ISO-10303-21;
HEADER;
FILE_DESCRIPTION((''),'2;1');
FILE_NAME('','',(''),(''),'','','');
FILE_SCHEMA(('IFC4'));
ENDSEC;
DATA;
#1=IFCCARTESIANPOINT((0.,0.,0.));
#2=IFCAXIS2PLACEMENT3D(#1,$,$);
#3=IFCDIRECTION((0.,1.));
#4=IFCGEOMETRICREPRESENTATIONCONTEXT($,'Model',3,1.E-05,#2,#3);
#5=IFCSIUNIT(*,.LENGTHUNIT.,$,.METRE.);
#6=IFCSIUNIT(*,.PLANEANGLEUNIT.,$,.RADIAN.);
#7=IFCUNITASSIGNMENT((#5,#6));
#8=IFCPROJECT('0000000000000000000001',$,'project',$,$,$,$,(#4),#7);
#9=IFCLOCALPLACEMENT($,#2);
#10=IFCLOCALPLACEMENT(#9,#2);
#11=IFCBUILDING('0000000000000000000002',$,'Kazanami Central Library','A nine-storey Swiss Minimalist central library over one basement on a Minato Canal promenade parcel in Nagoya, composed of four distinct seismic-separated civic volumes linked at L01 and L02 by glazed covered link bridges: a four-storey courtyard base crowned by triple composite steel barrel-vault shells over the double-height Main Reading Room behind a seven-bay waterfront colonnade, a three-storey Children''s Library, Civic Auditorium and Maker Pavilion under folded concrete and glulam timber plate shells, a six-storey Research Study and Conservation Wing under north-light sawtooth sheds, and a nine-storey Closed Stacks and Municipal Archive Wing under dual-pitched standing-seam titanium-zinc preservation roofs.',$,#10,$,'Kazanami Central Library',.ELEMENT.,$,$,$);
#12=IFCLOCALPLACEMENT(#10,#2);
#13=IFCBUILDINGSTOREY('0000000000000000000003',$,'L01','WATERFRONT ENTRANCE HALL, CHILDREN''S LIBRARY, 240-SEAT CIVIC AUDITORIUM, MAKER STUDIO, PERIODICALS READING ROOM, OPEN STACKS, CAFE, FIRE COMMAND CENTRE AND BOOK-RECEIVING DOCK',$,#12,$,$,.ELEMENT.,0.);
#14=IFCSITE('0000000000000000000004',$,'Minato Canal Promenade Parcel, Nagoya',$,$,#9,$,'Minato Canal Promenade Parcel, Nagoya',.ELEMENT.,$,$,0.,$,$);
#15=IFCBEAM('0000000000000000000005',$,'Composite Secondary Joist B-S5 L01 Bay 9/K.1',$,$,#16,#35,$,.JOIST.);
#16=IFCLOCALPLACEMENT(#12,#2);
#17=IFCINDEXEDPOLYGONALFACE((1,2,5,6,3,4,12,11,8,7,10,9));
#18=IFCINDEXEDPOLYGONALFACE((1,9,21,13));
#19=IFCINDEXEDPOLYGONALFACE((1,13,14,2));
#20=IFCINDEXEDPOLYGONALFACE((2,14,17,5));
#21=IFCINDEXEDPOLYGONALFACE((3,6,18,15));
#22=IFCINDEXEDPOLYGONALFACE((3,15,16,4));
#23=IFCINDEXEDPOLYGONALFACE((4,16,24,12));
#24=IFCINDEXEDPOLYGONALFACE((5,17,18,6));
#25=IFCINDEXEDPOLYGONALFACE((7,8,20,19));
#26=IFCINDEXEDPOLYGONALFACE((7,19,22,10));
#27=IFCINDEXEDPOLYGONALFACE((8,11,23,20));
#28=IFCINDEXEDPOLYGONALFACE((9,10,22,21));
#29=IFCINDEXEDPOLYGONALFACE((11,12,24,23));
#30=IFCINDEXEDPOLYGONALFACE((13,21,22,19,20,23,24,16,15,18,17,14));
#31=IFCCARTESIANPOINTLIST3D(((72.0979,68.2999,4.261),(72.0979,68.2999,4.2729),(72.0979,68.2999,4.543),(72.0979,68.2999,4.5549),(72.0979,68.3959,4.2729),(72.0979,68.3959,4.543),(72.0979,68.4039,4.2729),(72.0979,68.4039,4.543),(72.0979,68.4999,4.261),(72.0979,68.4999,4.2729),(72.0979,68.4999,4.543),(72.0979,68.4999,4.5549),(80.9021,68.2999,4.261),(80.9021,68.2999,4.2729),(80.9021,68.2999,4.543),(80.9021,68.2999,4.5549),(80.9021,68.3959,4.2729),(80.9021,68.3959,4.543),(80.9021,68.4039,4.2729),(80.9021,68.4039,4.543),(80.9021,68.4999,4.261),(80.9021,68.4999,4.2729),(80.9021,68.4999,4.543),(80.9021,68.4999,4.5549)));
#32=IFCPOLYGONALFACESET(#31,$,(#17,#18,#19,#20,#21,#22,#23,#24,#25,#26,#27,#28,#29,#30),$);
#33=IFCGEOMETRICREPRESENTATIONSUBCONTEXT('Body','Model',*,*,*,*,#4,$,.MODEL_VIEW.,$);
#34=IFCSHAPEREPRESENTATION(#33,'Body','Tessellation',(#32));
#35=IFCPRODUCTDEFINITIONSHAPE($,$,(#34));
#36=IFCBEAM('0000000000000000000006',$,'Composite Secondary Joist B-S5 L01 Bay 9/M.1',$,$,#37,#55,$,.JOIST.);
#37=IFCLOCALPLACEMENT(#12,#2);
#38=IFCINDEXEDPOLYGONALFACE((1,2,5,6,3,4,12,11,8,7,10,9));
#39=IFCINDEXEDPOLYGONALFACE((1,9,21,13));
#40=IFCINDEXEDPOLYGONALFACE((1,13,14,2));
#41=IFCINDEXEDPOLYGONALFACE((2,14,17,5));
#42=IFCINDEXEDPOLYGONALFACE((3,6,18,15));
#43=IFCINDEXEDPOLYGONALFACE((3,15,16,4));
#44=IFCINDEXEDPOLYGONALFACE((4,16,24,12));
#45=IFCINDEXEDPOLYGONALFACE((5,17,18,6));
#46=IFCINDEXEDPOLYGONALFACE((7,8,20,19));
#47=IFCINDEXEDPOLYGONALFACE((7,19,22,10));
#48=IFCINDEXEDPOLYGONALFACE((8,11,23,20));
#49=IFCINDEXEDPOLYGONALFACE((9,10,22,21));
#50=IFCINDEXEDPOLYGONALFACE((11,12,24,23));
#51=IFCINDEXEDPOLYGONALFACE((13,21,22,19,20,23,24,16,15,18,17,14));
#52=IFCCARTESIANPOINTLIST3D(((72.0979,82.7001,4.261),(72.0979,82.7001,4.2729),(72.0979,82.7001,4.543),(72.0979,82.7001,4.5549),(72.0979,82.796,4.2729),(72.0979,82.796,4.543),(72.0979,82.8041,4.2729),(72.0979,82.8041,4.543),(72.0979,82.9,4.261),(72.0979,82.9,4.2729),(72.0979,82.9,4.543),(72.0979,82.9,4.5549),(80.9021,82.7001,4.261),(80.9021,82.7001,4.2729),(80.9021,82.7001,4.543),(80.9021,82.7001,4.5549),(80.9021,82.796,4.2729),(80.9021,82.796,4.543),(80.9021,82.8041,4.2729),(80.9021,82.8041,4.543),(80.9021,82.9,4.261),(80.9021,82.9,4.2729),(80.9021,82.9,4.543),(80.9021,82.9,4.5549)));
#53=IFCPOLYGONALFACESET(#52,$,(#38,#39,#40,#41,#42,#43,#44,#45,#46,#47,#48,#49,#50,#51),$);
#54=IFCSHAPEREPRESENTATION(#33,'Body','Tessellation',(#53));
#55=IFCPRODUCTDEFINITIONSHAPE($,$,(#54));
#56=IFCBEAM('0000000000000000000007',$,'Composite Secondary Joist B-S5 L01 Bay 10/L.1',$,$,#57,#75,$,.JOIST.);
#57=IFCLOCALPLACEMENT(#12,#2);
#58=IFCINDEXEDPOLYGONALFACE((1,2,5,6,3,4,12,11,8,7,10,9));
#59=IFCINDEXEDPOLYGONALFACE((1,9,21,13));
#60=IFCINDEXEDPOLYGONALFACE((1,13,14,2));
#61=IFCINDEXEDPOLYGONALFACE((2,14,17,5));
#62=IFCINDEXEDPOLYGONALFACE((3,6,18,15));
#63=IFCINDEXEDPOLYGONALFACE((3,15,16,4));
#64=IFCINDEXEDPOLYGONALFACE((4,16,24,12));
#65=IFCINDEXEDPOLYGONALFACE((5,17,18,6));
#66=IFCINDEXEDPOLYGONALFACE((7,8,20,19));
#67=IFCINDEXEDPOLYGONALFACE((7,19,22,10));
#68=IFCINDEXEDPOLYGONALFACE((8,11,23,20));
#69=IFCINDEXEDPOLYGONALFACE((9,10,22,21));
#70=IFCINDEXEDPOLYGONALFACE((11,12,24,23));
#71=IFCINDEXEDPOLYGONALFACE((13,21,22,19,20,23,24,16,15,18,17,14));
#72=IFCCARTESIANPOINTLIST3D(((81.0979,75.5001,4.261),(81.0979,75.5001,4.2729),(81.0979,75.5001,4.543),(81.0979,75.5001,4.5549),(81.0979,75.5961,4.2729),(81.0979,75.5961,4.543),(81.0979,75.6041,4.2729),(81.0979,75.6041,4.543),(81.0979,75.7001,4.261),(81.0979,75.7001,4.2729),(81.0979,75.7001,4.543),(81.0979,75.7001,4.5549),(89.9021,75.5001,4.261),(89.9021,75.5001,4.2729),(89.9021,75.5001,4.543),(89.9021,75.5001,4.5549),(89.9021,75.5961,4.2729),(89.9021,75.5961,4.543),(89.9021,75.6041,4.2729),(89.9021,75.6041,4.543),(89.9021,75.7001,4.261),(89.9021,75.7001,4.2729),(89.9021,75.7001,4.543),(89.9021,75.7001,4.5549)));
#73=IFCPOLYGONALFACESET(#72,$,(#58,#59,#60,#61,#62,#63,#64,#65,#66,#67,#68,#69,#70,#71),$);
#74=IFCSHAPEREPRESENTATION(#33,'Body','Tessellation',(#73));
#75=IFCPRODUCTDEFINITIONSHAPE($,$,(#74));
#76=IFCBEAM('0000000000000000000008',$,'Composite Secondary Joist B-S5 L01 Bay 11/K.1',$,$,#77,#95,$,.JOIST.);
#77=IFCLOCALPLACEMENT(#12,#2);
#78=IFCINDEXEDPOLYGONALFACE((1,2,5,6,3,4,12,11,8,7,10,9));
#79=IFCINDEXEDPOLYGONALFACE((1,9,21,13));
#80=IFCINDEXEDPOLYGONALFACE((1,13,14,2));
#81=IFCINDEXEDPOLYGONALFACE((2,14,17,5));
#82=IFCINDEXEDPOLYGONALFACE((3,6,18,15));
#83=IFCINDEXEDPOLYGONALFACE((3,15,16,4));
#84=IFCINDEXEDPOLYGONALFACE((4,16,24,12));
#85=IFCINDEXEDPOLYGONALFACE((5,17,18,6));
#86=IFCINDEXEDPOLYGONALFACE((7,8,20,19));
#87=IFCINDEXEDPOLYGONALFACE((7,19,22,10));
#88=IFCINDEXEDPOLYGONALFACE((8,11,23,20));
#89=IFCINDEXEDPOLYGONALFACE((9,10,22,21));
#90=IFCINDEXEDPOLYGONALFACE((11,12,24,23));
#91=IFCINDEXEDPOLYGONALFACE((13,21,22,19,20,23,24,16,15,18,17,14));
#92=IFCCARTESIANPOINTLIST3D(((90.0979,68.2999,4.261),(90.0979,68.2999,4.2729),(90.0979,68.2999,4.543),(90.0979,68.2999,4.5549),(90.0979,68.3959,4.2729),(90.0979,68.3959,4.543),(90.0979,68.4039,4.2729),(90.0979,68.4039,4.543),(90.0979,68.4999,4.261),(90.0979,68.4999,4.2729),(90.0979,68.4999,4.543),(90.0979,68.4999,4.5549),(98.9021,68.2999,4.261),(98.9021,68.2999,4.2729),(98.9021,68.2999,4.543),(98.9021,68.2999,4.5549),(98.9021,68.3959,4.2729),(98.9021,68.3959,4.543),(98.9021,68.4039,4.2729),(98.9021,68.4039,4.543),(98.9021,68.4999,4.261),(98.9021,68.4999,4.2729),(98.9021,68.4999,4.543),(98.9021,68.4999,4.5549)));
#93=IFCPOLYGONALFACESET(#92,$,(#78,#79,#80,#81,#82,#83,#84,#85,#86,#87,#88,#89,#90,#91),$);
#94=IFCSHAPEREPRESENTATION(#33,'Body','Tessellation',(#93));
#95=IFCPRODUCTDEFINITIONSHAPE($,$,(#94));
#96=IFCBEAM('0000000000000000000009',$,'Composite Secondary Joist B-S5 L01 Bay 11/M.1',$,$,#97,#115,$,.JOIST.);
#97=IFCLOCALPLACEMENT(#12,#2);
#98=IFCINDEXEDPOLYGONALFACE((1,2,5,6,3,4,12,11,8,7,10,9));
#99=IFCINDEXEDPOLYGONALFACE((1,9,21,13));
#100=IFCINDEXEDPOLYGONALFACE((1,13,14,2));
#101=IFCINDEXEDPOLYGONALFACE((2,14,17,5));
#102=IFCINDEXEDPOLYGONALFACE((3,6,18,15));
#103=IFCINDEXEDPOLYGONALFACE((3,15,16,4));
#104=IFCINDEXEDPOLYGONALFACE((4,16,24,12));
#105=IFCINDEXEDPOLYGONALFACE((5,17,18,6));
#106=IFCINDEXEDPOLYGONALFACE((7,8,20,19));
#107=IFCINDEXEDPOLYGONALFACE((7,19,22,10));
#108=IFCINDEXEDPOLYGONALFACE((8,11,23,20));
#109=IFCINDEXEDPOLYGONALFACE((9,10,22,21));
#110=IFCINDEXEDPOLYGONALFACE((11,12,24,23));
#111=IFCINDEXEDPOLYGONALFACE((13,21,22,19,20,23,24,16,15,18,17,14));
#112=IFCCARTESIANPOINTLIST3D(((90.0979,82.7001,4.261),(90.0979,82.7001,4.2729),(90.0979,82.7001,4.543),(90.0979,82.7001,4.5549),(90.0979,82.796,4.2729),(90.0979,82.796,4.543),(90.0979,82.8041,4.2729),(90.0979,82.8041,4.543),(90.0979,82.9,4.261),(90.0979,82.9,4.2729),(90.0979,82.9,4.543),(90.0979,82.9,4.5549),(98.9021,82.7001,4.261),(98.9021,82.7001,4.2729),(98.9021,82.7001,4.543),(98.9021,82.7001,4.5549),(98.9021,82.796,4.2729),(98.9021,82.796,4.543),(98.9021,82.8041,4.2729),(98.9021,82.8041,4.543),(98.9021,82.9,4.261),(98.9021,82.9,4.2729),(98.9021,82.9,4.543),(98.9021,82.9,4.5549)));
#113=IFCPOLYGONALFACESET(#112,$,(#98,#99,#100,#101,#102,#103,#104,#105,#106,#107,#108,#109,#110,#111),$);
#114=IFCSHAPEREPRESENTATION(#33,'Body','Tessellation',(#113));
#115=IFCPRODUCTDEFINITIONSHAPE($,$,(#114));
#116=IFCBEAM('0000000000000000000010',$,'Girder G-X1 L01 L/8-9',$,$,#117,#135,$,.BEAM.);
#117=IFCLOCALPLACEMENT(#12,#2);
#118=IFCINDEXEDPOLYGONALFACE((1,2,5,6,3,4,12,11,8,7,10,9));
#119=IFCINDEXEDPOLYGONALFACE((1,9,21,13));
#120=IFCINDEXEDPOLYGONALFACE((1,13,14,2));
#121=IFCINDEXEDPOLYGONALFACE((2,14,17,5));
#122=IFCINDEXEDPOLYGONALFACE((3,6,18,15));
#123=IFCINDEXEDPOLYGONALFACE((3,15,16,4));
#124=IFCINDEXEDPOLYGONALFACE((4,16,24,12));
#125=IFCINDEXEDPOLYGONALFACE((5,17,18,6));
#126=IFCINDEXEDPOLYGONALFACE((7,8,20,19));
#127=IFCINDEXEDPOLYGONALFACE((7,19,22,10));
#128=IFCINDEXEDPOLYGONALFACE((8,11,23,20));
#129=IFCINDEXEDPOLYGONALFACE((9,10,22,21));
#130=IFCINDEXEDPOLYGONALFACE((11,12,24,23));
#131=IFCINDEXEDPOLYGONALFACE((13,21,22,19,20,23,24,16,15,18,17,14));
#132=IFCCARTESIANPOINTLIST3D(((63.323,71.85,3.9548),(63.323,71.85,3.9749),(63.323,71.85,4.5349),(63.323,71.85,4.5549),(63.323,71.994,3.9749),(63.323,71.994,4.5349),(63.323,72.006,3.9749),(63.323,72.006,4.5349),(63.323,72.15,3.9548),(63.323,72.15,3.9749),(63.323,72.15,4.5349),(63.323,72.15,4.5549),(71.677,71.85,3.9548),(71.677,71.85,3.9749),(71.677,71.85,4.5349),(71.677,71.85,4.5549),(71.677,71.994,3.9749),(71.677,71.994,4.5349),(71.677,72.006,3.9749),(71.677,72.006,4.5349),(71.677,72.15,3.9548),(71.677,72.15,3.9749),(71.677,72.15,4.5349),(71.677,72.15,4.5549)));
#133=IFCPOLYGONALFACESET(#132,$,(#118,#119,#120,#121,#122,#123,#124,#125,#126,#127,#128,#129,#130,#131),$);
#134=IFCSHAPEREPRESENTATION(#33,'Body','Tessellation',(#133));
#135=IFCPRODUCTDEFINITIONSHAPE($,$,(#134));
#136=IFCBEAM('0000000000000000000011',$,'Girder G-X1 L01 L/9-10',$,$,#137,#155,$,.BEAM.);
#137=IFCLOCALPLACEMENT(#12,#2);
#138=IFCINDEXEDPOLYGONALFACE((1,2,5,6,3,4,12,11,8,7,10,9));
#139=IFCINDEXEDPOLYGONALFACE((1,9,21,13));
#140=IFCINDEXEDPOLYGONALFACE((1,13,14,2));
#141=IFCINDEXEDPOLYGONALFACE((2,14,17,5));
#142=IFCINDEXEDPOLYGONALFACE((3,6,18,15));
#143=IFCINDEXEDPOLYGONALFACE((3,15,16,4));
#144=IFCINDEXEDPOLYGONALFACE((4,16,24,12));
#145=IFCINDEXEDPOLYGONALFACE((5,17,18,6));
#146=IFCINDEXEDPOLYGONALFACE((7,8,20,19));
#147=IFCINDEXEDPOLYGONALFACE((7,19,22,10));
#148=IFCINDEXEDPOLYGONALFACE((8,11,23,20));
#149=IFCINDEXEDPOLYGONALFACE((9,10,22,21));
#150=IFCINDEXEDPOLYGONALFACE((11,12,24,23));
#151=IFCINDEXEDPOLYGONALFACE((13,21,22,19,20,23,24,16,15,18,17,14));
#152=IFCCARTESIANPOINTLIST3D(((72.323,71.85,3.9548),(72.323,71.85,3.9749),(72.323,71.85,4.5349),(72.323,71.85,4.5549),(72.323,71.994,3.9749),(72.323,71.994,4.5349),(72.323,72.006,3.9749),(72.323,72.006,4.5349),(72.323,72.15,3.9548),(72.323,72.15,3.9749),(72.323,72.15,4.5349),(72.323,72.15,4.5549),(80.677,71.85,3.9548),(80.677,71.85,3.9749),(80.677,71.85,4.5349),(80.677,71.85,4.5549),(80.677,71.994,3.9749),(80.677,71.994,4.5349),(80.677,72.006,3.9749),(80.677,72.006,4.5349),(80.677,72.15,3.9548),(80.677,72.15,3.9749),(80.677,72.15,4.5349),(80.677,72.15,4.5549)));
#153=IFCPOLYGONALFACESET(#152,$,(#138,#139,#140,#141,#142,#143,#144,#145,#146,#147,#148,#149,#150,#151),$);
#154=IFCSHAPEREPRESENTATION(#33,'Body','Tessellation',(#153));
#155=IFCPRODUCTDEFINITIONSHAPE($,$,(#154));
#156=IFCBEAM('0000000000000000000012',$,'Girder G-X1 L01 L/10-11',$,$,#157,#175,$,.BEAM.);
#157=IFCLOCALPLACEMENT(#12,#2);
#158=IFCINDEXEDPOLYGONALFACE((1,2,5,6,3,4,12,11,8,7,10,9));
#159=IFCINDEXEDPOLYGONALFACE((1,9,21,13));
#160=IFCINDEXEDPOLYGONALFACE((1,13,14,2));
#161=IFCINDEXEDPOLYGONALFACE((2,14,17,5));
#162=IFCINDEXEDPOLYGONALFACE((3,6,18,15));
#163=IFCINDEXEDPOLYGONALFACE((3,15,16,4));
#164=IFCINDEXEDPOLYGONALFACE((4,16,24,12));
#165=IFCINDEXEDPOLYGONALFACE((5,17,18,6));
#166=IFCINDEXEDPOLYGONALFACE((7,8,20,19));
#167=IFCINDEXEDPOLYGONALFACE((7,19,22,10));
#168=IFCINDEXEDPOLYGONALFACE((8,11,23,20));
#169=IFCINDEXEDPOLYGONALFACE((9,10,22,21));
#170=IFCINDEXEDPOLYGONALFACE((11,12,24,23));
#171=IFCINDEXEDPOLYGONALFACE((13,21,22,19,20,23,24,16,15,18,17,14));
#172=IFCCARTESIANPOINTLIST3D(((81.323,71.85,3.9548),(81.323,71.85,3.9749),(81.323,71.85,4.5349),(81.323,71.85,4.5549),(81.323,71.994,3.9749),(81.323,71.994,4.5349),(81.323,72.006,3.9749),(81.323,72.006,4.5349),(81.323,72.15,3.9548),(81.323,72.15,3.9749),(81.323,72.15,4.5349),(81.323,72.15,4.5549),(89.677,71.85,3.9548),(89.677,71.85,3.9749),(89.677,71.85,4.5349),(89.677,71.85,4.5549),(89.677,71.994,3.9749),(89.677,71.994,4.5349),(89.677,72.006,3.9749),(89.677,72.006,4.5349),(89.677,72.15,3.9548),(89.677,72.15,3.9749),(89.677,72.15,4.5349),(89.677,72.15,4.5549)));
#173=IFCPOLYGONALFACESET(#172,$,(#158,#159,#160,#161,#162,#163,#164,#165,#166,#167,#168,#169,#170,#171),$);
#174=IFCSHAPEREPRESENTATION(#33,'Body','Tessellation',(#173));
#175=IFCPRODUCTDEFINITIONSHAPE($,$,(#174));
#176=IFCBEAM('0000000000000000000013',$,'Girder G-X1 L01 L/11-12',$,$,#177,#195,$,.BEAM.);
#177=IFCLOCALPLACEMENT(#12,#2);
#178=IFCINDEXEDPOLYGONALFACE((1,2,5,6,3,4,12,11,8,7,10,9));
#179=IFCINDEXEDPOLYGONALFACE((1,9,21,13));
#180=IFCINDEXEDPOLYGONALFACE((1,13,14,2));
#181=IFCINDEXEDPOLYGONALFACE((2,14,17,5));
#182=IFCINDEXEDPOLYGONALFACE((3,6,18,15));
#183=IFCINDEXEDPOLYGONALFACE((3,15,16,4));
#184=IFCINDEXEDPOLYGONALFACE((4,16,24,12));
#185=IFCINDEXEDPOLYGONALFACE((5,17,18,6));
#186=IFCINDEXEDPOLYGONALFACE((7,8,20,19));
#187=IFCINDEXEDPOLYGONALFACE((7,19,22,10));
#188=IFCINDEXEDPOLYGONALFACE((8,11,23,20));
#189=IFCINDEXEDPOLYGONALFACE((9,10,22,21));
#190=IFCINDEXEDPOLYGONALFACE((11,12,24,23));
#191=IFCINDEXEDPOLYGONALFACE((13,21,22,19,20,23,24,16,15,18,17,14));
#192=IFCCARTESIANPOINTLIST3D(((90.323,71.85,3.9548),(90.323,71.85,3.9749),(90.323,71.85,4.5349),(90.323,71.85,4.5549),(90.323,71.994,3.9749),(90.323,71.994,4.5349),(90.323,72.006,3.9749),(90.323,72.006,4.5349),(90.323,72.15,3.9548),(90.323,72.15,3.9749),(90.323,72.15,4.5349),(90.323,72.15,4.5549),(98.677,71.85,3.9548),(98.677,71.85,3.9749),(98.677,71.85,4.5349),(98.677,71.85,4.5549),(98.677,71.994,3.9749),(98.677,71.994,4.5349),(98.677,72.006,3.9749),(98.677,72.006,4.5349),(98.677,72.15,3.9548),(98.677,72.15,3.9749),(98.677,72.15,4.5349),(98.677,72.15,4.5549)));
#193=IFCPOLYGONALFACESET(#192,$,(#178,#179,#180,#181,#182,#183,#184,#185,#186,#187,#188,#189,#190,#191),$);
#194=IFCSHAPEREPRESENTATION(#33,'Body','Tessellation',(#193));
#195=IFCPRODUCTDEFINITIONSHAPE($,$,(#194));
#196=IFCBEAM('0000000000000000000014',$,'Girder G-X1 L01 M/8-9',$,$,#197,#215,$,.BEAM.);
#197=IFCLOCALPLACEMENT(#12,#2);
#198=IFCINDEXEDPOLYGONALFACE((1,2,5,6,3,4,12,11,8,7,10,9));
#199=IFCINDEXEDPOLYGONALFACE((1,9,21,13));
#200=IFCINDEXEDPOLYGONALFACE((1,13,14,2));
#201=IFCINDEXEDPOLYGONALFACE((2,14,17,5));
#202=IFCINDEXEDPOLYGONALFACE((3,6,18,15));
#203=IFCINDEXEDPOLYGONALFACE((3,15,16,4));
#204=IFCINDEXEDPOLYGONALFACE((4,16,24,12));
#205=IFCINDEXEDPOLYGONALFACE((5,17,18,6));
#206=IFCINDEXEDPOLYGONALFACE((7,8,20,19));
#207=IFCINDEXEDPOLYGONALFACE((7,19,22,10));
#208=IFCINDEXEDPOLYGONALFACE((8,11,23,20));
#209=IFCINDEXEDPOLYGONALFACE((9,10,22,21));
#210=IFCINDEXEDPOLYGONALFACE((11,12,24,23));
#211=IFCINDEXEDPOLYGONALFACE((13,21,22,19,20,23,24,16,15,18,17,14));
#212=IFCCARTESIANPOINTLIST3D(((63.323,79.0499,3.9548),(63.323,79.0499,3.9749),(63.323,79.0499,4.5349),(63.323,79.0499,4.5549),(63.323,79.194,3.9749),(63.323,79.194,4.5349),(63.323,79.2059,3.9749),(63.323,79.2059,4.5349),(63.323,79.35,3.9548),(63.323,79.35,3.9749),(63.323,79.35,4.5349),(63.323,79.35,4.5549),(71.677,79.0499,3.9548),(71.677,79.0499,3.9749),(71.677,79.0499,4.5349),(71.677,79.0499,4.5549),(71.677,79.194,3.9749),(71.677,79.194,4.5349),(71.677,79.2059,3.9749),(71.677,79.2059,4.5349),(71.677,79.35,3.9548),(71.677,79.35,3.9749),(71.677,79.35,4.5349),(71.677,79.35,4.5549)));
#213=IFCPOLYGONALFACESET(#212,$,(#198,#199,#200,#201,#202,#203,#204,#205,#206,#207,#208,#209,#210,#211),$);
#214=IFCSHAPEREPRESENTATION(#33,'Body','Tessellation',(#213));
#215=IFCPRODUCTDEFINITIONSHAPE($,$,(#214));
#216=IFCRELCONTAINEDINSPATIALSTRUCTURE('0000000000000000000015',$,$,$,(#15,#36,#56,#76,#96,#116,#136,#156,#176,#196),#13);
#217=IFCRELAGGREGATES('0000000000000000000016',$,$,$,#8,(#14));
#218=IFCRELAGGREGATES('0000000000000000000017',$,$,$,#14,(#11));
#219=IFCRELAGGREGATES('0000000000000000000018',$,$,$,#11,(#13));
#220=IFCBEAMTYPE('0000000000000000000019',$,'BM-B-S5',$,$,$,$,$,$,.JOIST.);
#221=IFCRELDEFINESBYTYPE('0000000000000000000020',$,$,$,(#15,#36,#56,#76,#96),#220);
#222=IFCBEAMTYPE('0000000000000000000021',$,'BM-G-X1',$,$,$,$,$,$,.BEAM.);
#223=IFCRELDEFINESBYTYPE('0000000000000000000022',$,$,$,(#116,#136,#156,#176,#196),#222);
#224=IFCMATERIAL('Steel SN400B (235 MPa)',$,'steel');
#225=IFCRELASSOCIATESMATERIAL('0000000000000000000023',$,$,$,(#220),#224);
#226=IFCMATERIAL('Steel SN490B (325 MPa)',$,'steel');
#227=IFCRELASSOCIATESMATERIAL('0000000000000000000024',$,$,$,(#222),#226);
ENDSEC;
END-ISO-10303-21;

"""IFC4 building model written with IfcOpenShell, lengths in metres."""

from ifc_helpers import new_model, si_unit, direction, frame, origin, origin_2d, place, context, subcontext, project, spatial, i_section, extrude, material, material_profile, profile_set, type_object, element, save


model = new_model("IFC4")

# Units and contexts
model_context = context("Model", 3, precision=1e-05, world=origin(), true_north=direction((0.0, 1.0)))
body_context = subcontext(model_context, "Body", "Model", "MODEL_VIEW")
ifc_project = project(units=[si_unit("LENGTHUNIT", "METRE"), si_unit("PLANEANGLEUNIT", "RADIAN")], contexts=[model_context])

# Site, building, storey
site_placement = place(None, origin())
site = spatial("IfcSite", under=ifc_project, at=site_placement, Name="Minato Canal Promenade Parcel, Nagoya", LongName="Minato Canal Promenade Parcel, Nagoya", CompositionType="ELEMENT", RefElevation=0.0)
building_placement = place(site_placement, origin())
building = spatial("IfcBuilding", under=site, at=building_placement, Name="Kazanami Central Library", Description="A nine-storey Swiss Minimalist central library over one basement on a Minato Canal promenade parcel in Nagoya, composed of four distinct seismic-separated civic volumes linked at L01 and L02 by glazed covered link bridges: a four-storey courtyard base crowned by triple composite steel barrel-vault shells over the double-height Main Reading Room behind a seven-bay waterfront colonnade, a three-storey Children's Library, Civic Auditorium and Maker Pavilion under folded concrete and glulam timber plate shells, a six-storey Research Study and Conservation Wing under north-light sawtooth sheds, and a nine-storey Closed Stacks and Municipal Archive Wing under dual-pitched standing-seam titanium-zinc preservation roofs.", LongName="Kazanami Central Library", CompositionType="ELEMENT")
storey_placement = place(building_placement, origin())
storey = spatial("IfcBuildingStorey", under=building, at=storey_placement, Name="L01", Description="WATERFRONT ENTRANCE HALL, CHILDREN'S LIBRARY, 240-SEAT CIVIC AUDITORIUM, MAKER STUDIO, PERIODICALS READING ROOM, OPEN STACKS, CAFE, FIRE COMMAND CENTRE AND BOOK-RECEIVING DOCK", CompositionType="ELEMENT", Elevation=0.0)

# Beams
ifc_material_1 = material(Name="Steel SN400B (235 MPa)", Category="steel")
ifc_material_profile_1 = material_profile(ifc_material_1, i_section(OverallWidth=0.2, OverallDepth=0.2939, WebThickness=0.0081, FlangeThickness=0.012, at=origin_2d()), Name="H-294x200x8x12")
ifc_profile_set_1 = profile_set([ifc_material_profile_1], Name="Steel SN400B (235 MPa)")
beam_type_1 = type_object("IfcBeamType", Name="BM-B-S5", PredefinedType="JOIST", material=ifc_profile_set_1)
for number, where, z_axis, x_axis, name in (
    (1, (72.0979, 68.3999, 4.408), (1.0, 0.0, 0.0), (0.0, 1.0, 0.0), "Composite Secondary Joist B-S5 L01 Bay 9/K.1"),
    (2, (72.0979, 82.8, 4.408), (1.0, 0.0, 0.0), (0.0, 1.0, 0.0), "Composite Secondary Joist B-S5 L01 Bay 9/M.1"),
    (3, (81.0979, 75.6001, 4.408), (1.0, 0.0, 0.0), (0.0, 1.0, 0.0), "Composite Secondary Joist B-S5 L01 Bay 10/L.1"),
    (4, (90.0979, 68.3999, 4.408), (1.0, 0.0, 0.0), (0.0, 1.0, 0.0), "Composite Secondary Joist B-S5 L01 Bay 11/K.1"),
    (5, (90.0979, 82.8, 4.408), (1.0, 0.0, 0.0), (0.0, 1.0, 0.0), "Composite Secondary Joist B-S5 L01 Bay 11/M.1"),
):
    element("IfcBeam", number, at=place(storey_placement, frame(where, z_axis=z_axis, x_axis=x_axis)), inside=storey, type_object=beam_type_1, Name=name, PredefinedType="JOIST", context=body_context, shape_type="SweptSolid", body=[
        extrude(i_section(OverallWidth=0.2, OverallDepth=0.2939, WebThickness=0.0081, FlangeThickness=0.012, at=origin_2d()), origin(), (0.0, 0.0, 1.0), 8.8042),
    ])
ifc_material_2 = material(Name="Steel SN490B (325 MPa)", Category="steel")
ifc_material_profile_2 = material_profile(ifc_material_2, i_section(OverallWidth=0.3, OverallDepth=0.6001, WebThickness=0.012, FlangeThickness=0.02, at=origin_2d()), Name="H-600x300x12x20")
ifc_profile_set_2 = profile_set([ifc_material_profile_2], Name="Steel SN490B (325 MPa)")
beam_type_2 = type_object("IfcBeamType", Name="BM-G-X1", PredefinedType="BEAM", material=ifc_profile_set_2)
for number, where, z_axis, x_axis, name in (
    (6, (63.323, 72.0, 4.2549), (1.0, 0.0, 0.0), (0.0, 1.0, 0.0), "Girder G-X1 L01 L/8-9"),
    (7, (72.323, 72.0, 4.2549), (1.0, 0.0, 0.0), (0.0, 1.0, 0.0), "Girder G-X1 L01 L/9-10"),
    (8, (81.323, 72.0, 4.2549), (1.0, 0.0, 0.0), (0.0, 1.0, 0.0), "Girder G-X1 L01 L/10-11"),
    (9, (90.323, 72.0, 4.2549), (1.0, 0.0, 0.0), (0.0, 1.0, 0.0), "Girder G-X1 L01 L/11-12"),
    (10, (63.323, 79.2, 4.2549), (1.0, 0.0, 0.0), (0.0, 1.0, 0.0), "Girder G-X1 L01 M/8-9"),
):
    element("IfcBeam", number, at=place(storey_placement, frame(where, z_axis=z_axis, x_axis=x_axis)), inside=storey, type_object=beam_type_2, Name=name, PredefinedType="BEAM", context=body_context, shape_type="SweptSolid", body=[
        extrude(i_section(OverallWidth=0.3, OverallDepth=0.6001, WebThickness=0.012, FlangeThickness=0.02, at=origin_2d()), origin(), (0.0, 0.0, 1.0), 8.354),
    ])

save(model, "model.ifc")
